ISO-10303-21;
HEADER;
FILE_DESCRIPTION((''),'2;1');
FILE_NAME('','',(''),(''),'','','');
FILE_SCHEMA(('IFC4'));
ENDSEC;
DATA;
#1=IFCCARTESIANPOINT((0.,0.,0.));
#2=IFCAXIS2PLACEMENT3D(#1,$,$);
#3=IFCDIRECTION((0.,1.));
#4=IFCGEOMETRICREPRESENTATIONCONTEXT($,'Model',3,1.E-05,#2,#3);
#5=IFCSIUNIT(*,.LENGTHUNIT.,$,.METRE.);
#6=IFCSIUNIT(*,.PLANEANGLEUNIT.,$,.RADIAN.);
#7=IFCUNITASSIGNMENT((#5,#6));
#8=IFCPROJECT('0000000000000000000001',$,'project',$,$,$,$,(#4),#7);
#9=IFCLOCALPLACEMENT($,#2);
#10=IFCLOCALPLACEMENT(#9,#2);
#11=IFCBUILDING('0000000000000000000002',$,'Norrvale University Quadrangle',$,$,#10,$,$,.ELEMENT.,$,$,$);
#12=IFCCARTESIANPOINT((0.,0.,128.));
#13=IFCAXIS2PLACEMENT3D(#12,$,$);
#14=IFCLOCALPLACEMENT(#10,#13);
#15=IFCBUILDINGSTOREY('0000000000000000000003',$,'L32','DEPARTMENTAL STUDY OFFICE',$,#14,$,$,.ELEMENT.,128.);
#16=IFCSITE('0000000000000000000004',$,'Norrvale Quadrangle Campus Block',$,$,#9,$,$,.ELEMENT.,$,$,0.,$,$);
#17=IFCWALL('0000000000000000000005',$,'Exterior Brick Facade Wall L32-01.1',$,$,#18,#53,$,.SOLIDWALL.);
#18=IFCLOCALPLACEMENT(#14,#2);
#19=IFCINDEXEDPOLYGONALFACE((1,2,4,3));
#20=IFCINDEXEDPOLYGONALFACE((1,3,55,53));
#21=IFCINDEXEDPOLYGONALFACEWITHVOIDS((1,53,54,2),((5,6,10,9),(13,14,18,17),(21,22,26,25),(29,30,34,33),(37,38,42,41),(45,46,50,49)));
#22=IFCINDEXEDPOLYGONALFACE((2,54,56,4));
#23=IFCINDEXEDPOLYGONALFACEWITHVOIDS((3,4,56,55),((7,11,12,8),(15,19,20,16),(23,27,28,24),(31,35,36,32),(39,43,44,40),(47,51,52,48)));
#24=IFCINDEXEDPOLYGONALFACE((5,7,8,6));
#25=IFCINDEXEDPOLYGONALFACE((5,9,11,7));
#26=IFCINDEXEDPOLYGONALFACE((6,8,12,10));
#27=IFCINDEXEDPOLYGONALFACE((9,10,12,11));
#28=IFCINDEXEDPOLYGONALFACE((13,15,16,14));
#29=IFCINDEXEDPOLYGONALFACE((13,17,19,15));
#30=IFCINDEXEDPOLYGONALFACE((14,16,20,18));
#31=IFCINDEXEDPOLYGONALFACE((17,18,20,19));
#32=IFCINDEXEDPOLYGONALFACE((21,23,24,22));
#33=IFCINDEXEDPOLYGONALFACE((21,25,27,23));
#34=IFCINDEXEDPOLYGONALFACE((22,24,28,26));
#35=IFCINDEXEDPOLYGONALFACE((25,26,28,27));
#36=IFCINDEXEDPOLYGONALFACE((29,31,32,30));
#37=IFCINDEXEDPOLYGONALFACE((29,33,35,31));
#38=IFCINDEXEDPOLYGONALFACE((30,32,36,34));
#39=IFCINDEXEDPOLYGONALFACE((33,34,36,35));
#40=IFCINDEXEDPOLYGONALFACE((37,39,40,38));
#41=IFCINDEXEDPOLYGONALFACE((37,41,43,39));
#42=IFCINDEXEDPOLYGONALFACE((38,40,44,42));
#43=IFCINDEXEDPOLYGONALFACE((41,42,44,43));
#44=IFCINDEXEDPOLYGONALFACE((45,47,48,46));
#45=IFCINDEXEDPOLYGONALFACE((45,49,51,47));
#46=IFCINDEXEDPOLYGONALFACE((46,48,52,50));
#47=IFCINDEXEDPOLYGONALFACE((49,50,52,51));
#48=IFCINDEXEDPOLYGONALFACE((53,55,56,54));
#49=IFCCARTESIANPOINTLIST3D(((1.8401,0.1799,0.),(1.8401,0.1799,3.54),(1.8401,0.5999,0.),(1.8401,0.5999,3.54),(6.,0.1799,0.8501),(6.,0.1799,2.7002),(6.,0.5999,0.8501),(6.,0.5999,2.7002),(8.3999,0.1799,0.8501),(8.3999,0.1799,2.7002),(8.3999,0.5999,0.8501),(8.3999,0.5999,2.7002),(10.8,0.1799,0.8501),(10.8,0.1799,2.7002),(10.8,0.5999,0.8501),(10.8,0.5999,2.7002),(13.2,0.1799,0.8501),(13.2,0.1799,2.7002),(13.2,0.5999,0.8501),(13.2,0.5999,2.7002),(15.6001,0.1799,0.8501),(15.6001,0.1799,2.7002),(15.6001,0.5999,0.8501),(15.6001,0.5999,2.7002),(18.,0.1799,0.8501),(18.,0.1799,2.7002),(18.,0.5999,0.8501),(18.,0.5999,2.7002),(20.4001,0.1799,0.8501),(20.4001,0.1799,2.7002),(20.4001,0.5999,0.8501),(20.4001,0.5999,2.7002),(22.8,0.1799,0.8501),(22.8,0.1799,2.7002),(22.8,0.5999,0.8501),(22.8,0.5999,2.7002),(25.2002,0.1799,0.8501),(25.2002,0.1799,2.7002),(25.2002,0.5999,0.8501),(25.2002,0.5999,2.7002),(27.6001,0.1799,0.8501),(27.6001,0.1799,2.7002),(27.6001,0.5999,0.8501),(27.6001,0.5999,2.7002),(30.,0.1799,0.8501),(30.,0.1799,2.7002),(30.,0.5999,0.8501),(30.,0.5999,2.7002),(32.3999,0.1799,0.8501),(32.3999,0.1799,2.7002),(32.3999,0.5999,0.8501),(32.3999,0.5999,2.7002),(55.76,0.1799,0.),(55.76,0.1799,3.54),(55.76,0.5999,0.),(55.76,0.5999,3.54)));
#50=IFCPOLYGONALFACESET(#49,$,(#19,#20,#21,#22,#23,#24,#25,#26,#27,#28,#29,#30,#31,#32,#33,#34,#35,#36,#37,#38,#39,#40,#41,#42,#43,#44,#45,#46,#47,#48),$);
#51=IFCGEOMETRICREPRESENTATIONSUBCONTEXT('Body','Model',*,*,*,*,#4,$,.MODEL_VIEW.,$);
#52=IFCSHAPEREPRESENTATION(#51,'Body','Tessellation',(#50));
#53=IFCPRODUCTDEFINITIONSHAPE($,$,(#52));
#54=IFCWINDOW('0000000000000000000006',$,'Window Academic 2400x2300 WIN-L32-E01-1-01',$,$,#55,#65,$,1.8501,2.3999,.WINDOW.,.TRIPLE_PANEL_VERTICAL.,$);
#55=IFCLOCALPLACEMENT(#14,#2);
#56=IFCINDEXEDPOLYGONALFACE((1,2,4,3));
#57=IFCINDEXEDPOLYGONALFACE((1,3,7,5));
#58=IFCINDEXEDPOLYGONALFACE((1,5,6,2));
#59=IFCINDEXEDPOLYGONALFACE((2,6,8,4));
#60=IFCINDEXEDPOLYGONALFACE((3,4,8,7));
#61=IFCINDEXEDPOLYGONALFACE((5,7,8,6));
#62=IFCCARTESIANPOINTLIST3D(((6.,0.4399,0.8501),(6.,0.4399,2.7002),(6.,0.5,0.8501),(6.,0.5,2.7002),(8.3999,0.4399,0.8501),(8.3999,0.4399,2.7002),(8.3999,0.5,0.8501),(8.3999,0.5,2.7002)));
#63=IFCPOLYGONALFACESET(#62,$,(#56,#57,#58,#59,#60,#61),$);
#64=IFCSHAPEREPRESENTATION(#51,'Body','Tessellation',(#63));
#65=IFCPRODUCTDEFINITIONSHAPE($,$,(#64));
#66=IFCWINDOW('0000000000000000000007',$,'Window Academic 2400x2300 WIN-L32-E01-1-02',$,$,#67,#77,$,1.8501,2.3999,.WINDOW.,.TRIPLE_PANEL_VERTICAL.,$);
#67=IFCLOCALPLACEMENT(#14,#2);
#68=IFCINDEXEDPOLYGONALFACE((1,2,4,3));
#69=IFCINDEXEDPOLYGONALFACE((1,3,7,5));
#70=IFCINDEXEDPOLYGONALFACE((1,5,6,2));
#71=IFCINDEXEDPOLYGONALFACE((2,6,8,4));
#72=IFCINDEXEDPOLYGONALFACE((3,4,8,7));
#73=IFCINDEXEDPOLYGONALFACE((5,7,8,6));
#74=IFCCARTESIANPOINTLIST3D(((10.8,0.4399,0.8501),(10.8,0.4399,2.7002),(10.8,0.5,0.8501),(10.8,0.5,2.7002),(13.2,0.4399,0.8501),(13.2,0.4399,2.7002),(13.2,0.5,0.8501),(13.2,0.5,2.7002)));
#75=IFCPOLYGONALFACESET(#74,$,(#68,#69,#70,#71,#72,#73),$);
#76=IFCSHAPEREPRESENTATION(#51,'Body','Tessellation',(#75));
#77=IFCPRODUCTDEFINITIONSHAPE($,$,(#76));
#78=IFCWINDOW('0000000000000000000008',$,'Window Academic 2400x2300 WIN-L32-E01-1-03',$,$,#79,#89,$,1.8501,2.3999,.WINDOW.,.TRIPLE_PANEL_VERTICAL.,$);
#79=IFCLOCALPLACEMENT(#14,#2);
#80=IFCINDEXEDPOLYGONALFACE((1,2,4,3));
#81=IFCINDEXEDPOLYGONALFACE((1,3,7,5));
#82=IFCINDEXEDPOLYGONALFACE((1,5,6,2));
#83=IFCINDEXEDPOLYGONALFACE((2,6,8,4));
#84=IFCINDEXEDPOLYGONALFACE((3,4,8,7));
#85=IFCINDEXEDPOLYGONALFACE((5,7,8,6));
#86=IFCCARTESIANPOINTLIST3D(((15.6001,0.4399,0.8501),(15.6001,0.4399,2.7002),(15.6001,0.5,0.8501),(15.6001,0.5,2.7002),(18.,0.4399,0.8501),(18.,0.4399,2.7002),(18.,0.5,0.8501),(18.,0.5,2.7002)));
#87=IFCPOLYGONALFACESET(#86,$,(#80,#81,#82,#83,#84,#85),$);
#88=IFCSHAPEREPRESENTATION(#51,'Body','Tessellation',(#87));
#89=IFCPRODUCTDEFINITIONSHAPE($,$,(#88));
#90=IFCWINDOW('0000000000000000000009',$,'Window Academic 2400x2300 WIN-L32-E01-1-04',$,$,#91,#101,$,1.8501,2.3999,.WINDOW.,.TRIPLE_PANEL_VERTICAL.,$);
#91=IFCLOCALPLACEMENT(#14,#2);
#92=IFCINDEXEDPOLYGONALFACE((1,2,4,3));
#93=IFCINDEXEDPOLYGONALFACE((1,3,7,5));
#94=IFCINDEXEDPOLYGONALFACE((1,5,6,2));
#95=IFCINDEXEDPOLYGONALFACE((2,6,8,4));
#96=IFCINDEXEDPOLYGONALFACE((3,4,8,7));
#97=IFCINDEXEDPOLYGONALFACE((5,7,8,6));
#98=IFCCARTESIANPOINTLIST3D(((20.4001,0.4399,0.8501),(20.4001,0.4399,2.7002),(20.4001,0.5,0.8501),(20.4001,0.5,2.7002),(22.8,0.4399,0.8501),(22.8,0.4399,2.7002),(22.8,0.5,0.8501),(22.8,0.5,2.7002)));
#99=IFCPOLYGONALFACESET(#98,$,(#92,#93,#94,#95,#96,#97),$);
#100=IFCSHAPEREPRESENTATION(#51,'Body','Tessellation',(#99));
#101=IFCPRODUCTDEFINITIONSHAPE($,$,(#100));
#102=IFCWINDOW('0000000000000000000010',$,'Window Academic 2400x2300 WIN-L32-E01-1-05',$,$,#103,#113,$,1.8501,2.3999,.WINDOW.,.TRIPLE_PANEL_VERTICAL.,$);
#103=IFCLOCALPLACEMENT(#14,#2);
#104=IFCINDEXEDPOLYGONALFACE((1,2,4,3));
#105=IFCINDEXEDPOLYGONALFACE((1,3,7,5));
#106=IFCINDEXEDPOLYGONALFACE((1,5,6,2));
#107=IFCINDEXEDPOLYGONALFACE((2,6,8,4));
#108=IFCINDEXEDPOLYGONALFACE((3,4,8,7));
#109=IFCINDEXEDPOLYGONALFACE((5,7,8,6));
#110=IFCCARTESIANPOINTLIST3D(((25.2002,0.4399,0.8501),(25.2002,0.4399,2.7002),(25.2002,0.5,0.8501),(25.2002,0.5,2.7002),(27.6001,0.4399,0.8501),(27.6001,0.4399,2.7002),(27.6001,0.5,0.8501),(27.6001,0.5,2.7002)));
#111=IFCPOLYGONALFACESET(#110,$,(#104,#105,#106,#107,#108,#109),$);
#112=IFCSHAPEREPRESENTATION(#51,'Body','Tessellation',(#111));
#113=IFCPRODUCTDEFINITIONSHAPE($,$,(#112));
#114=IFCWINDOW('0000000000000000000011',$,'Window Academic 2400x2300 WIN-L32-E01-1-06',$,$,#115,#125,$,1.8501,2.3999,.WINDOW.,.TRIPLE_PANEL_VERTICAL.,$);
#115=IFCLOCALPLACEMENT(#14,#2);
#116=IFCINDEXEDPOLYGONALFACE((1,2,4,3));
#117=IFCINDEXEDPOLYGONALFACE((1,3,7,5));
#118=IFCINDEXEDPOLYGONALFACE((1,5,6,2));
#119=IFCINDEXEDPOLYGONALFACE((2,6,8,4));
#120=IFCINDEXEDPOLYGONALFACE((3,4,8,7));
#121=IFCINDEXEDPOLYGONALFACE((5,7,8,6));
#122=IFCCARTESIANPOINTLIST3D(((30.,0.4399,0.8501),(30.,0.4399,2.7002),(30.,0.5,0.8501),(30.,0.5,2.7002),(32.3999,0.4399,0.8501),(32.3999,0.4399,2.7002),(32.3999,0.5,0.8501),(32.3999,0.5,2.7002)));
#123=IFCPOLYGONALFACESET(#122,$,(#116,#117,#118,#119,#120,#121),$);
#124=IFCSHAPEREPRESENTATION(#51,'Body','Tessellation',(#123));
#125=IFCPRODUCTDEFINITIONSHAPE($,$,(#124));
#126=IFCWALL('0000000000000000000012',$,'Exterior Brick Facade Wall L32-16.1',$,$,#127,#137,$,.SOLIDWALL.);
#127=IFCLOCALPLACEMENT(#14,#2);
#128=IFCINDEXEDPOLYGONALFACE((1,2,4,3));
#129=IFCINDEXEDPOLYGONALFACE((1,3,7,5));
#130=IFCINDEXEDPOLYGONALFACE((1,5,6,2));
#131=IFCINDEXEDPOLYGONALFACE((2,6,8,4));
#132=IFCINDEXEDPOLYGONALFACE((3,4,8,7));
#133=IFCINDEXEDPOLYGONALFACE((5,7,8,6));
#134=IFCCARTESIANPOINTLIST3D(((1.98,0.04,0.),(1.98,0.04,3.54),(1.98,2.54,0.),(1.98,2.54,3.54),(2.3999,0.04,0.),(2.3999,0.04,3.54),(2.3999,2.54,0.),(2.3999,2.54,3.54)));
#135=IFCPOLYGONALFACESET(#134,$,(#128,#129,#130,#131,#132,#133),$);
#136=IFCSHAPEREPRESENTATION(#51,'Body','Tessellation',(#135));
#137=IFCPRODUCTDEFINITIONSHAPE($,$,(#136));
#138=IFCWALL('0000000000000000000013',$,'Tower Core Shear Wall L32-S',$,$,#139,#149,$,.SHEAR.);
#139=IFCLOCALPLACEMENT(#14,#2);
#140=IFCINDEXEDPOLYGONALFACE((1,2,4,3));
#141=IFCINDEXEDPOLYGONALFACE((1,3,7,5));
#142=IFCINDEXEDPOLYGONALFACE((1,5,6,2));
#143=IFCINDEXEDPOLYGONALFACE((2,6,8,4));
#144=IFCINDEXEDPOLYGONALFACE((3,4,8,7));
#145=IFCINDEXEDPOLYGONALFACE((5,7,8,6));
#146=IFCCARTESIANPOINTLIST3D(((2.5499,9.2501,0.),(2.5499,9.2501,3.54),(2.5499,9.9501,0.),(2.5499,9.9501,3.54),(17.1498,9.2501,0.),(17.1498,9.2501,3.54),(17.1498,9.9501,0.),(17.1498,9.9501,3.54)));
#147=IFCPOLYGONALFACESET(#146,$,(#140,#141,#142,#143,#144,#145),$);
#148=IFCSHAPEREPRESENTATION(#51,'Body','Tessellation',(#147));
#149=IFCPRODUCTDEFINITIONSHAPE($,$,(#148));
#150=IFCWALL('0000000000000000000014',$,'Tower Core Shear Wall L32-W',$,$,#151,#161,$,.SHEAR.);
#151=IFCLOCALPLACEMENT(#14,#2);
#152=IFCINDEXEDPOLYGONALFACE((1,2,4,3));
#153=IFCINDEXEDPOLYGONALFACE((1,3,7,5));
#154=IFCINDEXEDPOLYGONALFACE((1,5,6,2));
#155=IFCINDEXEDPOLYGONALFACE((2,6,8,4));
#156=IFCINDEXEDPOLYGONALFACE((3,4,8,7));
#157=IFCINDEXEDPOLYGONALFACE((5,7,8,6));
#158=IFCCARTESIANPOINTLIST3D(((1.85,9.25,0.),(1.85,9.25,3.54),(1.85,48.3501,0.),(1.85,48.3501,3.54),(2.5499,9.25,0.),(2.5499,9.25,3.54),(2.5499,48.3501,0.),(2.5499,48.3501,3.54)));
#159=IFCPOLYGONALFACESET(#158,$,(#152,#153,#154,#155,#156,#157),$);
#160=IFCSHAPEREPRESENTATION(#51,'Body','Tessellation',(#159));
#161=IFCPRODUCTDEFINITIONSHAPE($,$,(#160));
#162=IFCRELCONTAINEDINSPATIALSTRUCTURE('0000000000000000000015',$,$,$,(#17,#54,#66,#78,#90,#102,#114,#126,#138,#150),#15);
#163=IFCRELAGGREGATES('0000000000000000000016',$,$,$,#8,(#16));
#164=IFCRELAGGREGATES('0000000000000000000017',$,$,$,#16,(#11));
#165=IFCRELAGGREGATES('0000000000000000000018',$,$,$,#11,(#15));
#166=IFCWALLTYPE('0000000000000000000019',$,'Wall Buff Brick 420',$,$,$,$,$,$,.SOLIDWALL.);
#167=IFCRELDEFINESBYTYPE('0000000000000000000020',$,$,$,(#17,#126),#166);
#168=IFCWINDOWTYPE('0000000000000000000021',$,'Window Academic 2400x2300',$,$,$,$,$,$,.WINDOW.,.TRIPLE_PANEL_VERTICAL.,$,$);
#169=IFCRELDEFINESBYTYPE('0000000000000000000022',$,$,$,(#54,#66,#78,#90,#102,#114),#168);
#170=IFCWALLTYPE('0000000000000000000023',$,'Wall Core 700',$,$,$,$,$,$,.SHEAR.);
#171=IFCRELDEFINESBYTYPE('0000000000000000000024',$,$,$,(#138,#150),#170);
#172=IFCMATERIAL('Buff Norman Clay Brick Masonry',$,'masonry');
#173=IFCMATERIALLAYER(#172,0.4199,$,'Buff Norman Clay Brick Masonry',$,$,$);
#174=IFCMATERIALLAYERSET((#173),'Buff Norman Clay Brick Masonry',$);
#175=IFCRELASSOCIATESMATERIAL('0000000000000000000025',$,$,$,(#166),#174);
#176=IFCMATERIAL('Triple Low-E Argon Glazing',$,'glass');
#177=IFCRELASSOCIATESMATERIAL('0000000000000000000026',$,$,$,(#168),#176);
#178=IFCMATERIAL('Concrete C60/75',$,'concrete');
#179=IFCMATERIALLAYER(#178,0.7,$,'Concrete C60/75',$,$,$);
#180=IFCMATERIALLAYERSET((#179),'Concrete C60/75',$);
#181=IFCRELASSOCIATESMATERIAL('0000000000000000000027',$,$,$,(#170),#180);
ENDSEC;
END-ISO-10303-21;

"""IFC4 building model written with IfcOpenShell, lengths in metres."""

from ifc_helpers import new_model, si_unit, direction, frame, frame_2d, origin, place, context, subcontext, project, spatial, rectangle, extrude, material, layer, layer_set, type_object, element, fill, save


model = new_model("IFC4")

# Units and contexts
model_context = context("Model", 3, precision=1e-05, world=origin(), true_north=direction((0.0, 1.0)))
body_context = subcontext(model_context, "Body", "Model", "MODEL_VIEW")
ifc_project = project(units=[si_unit("LENGTHUNIT", "METRE"), si_unit("PLANEANGLEUNIT", "RADIAN")], contexts=[model_context])

# Site, building, storey
site_placement = place(None, origin())
site = spatial("IfcSite", under=ifc_project, at=site_placement, Name="Norrvale Quadrangle Campus Block", CompositionType="ELEMENT", RefElevation=0.0)
building_placement = place(site_placement, origin())
building = spatial("IfcBuilding", under=site, at=building_placement, Name="Norrvale University Quadrangle", CompositionType="ELEMENT")
storey_placement = place(building_placement, frame((0.0, 0.0, 128.0)))
storey = spatial("IfcBuildingStorey", under=building, at=storey_placement, Name="L32", Description="DEPARTMENTAL STUDY OFFICE", CompositionType="ELEMENT", Elevation=128.0)

# Shared definitions
ifc_material_1 = material(Name="Concrete C60/75", Category="concrete")

# Wall, openings, windows
ifc_material_2 = material(Name="Buff Norman Clay Brick Masonry", Category="masonry")
ifc_layer_1 = layer(ifc_material_2, 0.4199, Name="Buff Norman Clay Brick Masonry")
ifc_layer_set_1 = layer_set([ifc_layer_1], Name="Buff Norman Clay Brick Masonry")
wall_type_1 = type_object("IfcWallType", Name="Wall Buff Brick 420", PredefinedType="SOLIDWALL", material=ifc_layer_set_1)
wall_1_placement = place(storey_placement, frame((1.8401, 0.3899, 0.0), z_axis=(0.0, 0.0, 1.0), x_axis=(1.0, 0.0, 0.0)))
wall_1 = element("IfcWall", 1, at=wall_1_placement, inside=storey, type_object=wall_type_1, Name="Exterior Brick Facade Wall L32-01.1", PredefinedType="SOLIDWALL", context=body_context, shape_type="SweptSolid", body=[
    extrude(rectangle(XDim=53.9199, YDim=0.4199, at=frame_2d((26.96, 0.0))), origin(), (0.0, 0.0, 1.0), 3.54),
])
opening_1_placement = place(wall_1_placement, frame((4.1599, 0.0, 0.8501)))
opening_1 = element("IfcOpeningElement", 2, at=opening_1_placement, cuts=wall_1, PredefinedType="OPENING", context=body_context, shape_type="SweptSolid", body=[
    extrude(rectangle(XDim=2.3999, YDim=1.8501, at=frame_2d((1.2, 0.925))), frame((0.0, 0.2219, 0.0), z_axis=(0.0, -1.0, 0.0), x_axis=(1.0, 0.0, 0.0)), (0.0, 0.0, 1.0), 0.4438),
])
opening_2_placement = place(wall_1_placement, frame((8.96, 0.0, 0.8501)))
opening_2 = element("IfcOpeningElement", 3, at=opening_2_placement, cuts=wall_1, PredefinedType="OPENING", context=body_context, shape_type="SweptSolid", body=[
    extrude(rectangle(XDim=2.3999, YDim=1.8501, at=frame_2d((1.2, 0.925))), frame((0.0, 0.2219, 0.0), z_axis=(0.0, -1.0, 0.0), x_axis=(1.0, 0.0, 0.0)), (0.0, 0.0, 1.0), 0.4438),
])
opening_3_placement = place(wall_1_placement, frame((13.76, 0.0, 0.8501)))
opening_3 = element("IfcOpeningElement", 4, at=opening_3_placement, cuts=wall_1, PredefinedType="OPENING", context=body_context, shape_type="SweptSolid", body=[
    extrude(rectangle(XDim=2.3999, YDim=1.8501, at=frame_2d((1.2, 0.925))), frame((0.0, 0.2219, 0.0), z_axis=(0.0, -1.0, 0.0), x_axis=(1.0, 0.0, 0.0)), (0.0, 0.0, 1.0), 0.4438),
])
opening_4_placement = place(wall_1_placement, frame((18.5601, 0.0, 0.8501)))
opening_4 = element("IfcOpeningElement", 5, at=opening_4_placement, cuts=wall_1, PredefinedType="OPENING", context=body_context, shape_type="SweptSolid", body=[
    extrude(rectangle(XDim=2.3999, YDim=1.8501, at=frame_2d((1.2, 0.925))), frame((0.0, 0.2219, 0.0), z_axis=(0.0, -1.0, 0.0), x_axis=(1.0, 0.0, 0.0)), (0.0, 0.0, 1.0), 0.4438),
])
opening_5_placement = place(wall_1_placement, frame((23.3601, 0.0, 0.8501)))
opening_5 = element("IfcOpeningElement", 6, at=opening_5_placement, cuts=wall_1, PredefinedType="OPENING", context=body_context, shape_type="SweptSolid", body=[
    extrude(rectangle(XDim=2.3999, YDim=1.8501, at=frame_2d((1.2, 0.925))), frame((0.0, 0.2219, 0.0), z_axis=(0.0, -1.0, 0.0), x_axis=(1.0, 0.0, 0.0)), (0.0, 0.0, 1.0), 0.4438),
])
opening_6_placement = place(wall_1_placement, frame((28.1599, 0.0, 0.8501)))
opening_6 = element("IfcOpeningElement", 7, at=opening_6_placement, cuts=wall_1, PredefinedType="OPENING", context=body_context, shape_type="SweptSolid", body=[
    extrude(rectangle(XDim=2.3999, YDim=1.8501, at=frame_2d((1.2, 0.925))), frame((0.0, 0.2219, 0.0), z_axis=(0.0, -1.0, 0.0), x_axis=(1.0, 0.0, 0.0)), (0.0, 0.0, 1.0), 0.4438),
])
ifc_material_3 = material(Name="Triple Low-E Argon Glazing", Category="glass")
window_type = type_object("IfcWindowType", Name="Window Academic 2400x2300", PartitioningType="TRIPLE_PANEL_VERTICAL", PredefinedType="WINDOW", material=ifc_material_3)
window_1_placement = place(opening_1_placement, origin())
window_1 = element("IfcWindow", 8, at=window_1_placement, inside=storey, type_object=window_type, Name="Window Academic 2400x2300 WIN-L32-E01-1-01", OverallHeight=1.8501, OverallWidth=2.3999, PartitioningType="TRIPLE_PANEL_VERTICAL", PredefinedType="WINDOW", context=body_context, shape_type="SweptSolid", body=[
    extrude(rectangle(XDim=2.3999, YDim=1.8501, at=frame_2d((1.2, 0.925))), frame((0.0, 0.1101, 0.0), z_axis=(0.0, -1.0, 0.0), x_axis=(1.0, 0.0, 0.0)), (0.0, 0.0, 1.0), 0.0601),
])
fill(opening_1, window_1)
window_2_placement = place(opening_2_placement, origin())
window_2 = element("IfcWindow", 9, at=window_2_placement, inside=storey, type_object=window_type, Name="Window Academic 2400x2300 WIN-L32-E01-1-02", OverallHeight=1.8501, OverallWidth=2.3999, PartitioningType="TRIPLE_PANEL_VERTICAL", PredefinedType="WINDOW", context=body_context, shape_type="SweptSolid", body=[
    extrude(rectangle(XDim=2.3999, YDim=1.8501, at=frame_2d((1.2, 0.925))), frame((0.0, 0.1101, 0.0), z_axis=(0.0, -1.0, 0.0), x_axis=(1.0, 0.0, 0.0)), (0.0, 0.0, 1.0), 0.0601),
])
fill(opening_2, window_2)
window_3_placement = place(opening_3_placement, origin())
window_3 = element("IfcWindow", 10, at=window_3_placement, inside=storey, type_object=window_type, Name="Window Academic 2400x2300 WIN-L32-E01-1-03", OverallHeight=1.8501, OverallWidth=2.3999, PartitioningType="TRIPLE_PANEL_VERTICAL", PredefinedType="WINDOW", context=body_context, shape_type="SweptSolid", body=[
    extrude(rectangle(XDim=2.3999, YDim=1.8501, at=frame_2d((1.2, 0.925))), frame((0.0, 0.1101, 0.0), z_axis=(0.0, -1.0, 0.0), x_axis=(1.0, 0.0, 0.0)), (0.0, 0.0, 1.0), 0.0601),
])
fill(opening_3, window_3)
window_4_placement = place(opening_4_placement, origin())
window_4 = element("IfcWindow", 11, at=window_4_placement, inside=storey, type_object=window_type, Name="Window Academic 2400x2300 WIN-L32-E01-1-04", OverallHeight=1.8501, OverallWidth=2.3999, PartitioningType="TRIPLE_PANEL_VERTICAL", PredefinedType="WINDOW", context=body_context, shape_type="SweptSolid", body=[
    extrude(rectangle(XDim=2.3999, YDim=1.8501, at=frame_2d((1.2, 0.925))), frame((0.0, 0.1101, 0.0), z_axis=(0.0, -1.0, 0.0), x_axis=(1.0, 0.0, 0.0)), (0.0, 0.0, 1.0), 0.0601),
])
fill(opening_4, window_4)
window_5_placement = place(opening_5_placement, origin())
window_5 = element("IfcWindow", 12, at=window_5_placement, inside=storey, type_object=window_type, Name="Window Academic 2400x2300 WIN-L32-E01-1-05", OverallHeight=1.8501, OverallWidth=2.3999, PartitioningType="TRIPLE_PANEL_VERTICAL", PredefinedType="WINDOW", context=body_context, shape_type="SweptSolid", body=[
    extrude(rectangle(XDim=2.3999, YDim=1.8501, at=frame_2d((1.2, 0.925))), frame((0.0, 0.1101, 0.0), z_axis=(0.0, -1.0, 0.0), x_axis=(1.0, 0.0, 0.0)), (0.0, 0.0, 1.0), 0.0601),
])
fill(opening_5, window_5)
window_6_placement = place(opening_6_placement, origin())
window_6 = element("IfcWindow", 13, at=window_6_placement, inside=storey, type_object=window_type, Name="Window Academic 2400x2300 WIN-L32-E01-1-06", OverallHeight=1.8501, OverallWidth=2.3999, PartitioningType="TRIPLE_PANEL_VERTICAL", PredefinedType="WINDOW", context=body_context, shape_type="SweptSolid", body=[
    extrude(rectangle(XDim=2.3999, YDim=1.8501, at=frame_2d((1.2, 0.925))), frame((0.0, 0.1101, 0.0), z_axis=(0.0, -1.0, 0.0), x_axis=(1.0, 0.0, 0.0)), (0.0, 0.0, 1.0), 0.0601),
])
fill(opening_6, window_6)

# Walls
wall_2_placement = place(storey_placement, frame((2.1899, 2.54, 0.0), z_axis=(0.0, 0.0, 1.0), x_axis=(0.0, -1.0, 0.0)))
element("IfcWall", 14, at=wall_2_placement, inside=storey, type_object=wall_type_1, Name="Exterior Brick Facade Wall L32-16.1", PredefinedType="SOLIDWALL", context=body_context, shape_type="SweptSolid", body=[
    extrude(rectangle(XDim=2.5, YDim=0.4199, at=frame_2d((1.25, 0.0))), origin(), (0.0, 0.0, 1.0), 3.54),
])
ifc_layer_2 = layer(ifc_material_1, 0.7, Name="Concrete C60/75")
ifc_layer_set_2 = layer_set([ifc_layer_2], Name="Concrete C60/75")
wall_type_2 = type_object("IfcWallType", Name="Wall Core 700", PredefinedType="SHEAR", material=ifc_layer_set_2)
wall_3_placement = place(storey_placement, frame((2.55, 9.6001, 0.0), z_axis=(0.0, 0.0, 1.0), x_axis=(1.0, 0.0, 0.0)))
element("IfcWall", 15, at=wall_3_placement, inside=storey, type_object=wall_type_2, Name="Tower Core Shear Wall L32-S", PredefinedType="SHEAR", context=body_context, shape_type="SweptSolid", body=[
    extrude(rectangle(XDim=14.5999, YDim=0.7, at=frame_2d((7.2998, 0.0))), origin(), (0.0, 0.0, 1.0), 3.54),
])
wall_4_placement = place(storey_placement, frame((2.2, 9.25, 0.0), z_axis=(0.0, 0.0, 1.0), x_axis=(0.0, 1.0, 0.0)))
element("IfcWall", 16, at=wall_4_placement, inside=storey, type_object=wall_type_2, Name="Tower Core Shear Wall L32-W", PredefinedType="SHEAR", context=body_context, shape_type="SweptSolid", body=[
    extrude(rectangle(XDim=39.1001, YDim=0.7, at=frame_2d((19.55, 0.0))), origin(), (0.0, 0.0, 1.0), 3.54),
])

save(model, "model.ifc")
